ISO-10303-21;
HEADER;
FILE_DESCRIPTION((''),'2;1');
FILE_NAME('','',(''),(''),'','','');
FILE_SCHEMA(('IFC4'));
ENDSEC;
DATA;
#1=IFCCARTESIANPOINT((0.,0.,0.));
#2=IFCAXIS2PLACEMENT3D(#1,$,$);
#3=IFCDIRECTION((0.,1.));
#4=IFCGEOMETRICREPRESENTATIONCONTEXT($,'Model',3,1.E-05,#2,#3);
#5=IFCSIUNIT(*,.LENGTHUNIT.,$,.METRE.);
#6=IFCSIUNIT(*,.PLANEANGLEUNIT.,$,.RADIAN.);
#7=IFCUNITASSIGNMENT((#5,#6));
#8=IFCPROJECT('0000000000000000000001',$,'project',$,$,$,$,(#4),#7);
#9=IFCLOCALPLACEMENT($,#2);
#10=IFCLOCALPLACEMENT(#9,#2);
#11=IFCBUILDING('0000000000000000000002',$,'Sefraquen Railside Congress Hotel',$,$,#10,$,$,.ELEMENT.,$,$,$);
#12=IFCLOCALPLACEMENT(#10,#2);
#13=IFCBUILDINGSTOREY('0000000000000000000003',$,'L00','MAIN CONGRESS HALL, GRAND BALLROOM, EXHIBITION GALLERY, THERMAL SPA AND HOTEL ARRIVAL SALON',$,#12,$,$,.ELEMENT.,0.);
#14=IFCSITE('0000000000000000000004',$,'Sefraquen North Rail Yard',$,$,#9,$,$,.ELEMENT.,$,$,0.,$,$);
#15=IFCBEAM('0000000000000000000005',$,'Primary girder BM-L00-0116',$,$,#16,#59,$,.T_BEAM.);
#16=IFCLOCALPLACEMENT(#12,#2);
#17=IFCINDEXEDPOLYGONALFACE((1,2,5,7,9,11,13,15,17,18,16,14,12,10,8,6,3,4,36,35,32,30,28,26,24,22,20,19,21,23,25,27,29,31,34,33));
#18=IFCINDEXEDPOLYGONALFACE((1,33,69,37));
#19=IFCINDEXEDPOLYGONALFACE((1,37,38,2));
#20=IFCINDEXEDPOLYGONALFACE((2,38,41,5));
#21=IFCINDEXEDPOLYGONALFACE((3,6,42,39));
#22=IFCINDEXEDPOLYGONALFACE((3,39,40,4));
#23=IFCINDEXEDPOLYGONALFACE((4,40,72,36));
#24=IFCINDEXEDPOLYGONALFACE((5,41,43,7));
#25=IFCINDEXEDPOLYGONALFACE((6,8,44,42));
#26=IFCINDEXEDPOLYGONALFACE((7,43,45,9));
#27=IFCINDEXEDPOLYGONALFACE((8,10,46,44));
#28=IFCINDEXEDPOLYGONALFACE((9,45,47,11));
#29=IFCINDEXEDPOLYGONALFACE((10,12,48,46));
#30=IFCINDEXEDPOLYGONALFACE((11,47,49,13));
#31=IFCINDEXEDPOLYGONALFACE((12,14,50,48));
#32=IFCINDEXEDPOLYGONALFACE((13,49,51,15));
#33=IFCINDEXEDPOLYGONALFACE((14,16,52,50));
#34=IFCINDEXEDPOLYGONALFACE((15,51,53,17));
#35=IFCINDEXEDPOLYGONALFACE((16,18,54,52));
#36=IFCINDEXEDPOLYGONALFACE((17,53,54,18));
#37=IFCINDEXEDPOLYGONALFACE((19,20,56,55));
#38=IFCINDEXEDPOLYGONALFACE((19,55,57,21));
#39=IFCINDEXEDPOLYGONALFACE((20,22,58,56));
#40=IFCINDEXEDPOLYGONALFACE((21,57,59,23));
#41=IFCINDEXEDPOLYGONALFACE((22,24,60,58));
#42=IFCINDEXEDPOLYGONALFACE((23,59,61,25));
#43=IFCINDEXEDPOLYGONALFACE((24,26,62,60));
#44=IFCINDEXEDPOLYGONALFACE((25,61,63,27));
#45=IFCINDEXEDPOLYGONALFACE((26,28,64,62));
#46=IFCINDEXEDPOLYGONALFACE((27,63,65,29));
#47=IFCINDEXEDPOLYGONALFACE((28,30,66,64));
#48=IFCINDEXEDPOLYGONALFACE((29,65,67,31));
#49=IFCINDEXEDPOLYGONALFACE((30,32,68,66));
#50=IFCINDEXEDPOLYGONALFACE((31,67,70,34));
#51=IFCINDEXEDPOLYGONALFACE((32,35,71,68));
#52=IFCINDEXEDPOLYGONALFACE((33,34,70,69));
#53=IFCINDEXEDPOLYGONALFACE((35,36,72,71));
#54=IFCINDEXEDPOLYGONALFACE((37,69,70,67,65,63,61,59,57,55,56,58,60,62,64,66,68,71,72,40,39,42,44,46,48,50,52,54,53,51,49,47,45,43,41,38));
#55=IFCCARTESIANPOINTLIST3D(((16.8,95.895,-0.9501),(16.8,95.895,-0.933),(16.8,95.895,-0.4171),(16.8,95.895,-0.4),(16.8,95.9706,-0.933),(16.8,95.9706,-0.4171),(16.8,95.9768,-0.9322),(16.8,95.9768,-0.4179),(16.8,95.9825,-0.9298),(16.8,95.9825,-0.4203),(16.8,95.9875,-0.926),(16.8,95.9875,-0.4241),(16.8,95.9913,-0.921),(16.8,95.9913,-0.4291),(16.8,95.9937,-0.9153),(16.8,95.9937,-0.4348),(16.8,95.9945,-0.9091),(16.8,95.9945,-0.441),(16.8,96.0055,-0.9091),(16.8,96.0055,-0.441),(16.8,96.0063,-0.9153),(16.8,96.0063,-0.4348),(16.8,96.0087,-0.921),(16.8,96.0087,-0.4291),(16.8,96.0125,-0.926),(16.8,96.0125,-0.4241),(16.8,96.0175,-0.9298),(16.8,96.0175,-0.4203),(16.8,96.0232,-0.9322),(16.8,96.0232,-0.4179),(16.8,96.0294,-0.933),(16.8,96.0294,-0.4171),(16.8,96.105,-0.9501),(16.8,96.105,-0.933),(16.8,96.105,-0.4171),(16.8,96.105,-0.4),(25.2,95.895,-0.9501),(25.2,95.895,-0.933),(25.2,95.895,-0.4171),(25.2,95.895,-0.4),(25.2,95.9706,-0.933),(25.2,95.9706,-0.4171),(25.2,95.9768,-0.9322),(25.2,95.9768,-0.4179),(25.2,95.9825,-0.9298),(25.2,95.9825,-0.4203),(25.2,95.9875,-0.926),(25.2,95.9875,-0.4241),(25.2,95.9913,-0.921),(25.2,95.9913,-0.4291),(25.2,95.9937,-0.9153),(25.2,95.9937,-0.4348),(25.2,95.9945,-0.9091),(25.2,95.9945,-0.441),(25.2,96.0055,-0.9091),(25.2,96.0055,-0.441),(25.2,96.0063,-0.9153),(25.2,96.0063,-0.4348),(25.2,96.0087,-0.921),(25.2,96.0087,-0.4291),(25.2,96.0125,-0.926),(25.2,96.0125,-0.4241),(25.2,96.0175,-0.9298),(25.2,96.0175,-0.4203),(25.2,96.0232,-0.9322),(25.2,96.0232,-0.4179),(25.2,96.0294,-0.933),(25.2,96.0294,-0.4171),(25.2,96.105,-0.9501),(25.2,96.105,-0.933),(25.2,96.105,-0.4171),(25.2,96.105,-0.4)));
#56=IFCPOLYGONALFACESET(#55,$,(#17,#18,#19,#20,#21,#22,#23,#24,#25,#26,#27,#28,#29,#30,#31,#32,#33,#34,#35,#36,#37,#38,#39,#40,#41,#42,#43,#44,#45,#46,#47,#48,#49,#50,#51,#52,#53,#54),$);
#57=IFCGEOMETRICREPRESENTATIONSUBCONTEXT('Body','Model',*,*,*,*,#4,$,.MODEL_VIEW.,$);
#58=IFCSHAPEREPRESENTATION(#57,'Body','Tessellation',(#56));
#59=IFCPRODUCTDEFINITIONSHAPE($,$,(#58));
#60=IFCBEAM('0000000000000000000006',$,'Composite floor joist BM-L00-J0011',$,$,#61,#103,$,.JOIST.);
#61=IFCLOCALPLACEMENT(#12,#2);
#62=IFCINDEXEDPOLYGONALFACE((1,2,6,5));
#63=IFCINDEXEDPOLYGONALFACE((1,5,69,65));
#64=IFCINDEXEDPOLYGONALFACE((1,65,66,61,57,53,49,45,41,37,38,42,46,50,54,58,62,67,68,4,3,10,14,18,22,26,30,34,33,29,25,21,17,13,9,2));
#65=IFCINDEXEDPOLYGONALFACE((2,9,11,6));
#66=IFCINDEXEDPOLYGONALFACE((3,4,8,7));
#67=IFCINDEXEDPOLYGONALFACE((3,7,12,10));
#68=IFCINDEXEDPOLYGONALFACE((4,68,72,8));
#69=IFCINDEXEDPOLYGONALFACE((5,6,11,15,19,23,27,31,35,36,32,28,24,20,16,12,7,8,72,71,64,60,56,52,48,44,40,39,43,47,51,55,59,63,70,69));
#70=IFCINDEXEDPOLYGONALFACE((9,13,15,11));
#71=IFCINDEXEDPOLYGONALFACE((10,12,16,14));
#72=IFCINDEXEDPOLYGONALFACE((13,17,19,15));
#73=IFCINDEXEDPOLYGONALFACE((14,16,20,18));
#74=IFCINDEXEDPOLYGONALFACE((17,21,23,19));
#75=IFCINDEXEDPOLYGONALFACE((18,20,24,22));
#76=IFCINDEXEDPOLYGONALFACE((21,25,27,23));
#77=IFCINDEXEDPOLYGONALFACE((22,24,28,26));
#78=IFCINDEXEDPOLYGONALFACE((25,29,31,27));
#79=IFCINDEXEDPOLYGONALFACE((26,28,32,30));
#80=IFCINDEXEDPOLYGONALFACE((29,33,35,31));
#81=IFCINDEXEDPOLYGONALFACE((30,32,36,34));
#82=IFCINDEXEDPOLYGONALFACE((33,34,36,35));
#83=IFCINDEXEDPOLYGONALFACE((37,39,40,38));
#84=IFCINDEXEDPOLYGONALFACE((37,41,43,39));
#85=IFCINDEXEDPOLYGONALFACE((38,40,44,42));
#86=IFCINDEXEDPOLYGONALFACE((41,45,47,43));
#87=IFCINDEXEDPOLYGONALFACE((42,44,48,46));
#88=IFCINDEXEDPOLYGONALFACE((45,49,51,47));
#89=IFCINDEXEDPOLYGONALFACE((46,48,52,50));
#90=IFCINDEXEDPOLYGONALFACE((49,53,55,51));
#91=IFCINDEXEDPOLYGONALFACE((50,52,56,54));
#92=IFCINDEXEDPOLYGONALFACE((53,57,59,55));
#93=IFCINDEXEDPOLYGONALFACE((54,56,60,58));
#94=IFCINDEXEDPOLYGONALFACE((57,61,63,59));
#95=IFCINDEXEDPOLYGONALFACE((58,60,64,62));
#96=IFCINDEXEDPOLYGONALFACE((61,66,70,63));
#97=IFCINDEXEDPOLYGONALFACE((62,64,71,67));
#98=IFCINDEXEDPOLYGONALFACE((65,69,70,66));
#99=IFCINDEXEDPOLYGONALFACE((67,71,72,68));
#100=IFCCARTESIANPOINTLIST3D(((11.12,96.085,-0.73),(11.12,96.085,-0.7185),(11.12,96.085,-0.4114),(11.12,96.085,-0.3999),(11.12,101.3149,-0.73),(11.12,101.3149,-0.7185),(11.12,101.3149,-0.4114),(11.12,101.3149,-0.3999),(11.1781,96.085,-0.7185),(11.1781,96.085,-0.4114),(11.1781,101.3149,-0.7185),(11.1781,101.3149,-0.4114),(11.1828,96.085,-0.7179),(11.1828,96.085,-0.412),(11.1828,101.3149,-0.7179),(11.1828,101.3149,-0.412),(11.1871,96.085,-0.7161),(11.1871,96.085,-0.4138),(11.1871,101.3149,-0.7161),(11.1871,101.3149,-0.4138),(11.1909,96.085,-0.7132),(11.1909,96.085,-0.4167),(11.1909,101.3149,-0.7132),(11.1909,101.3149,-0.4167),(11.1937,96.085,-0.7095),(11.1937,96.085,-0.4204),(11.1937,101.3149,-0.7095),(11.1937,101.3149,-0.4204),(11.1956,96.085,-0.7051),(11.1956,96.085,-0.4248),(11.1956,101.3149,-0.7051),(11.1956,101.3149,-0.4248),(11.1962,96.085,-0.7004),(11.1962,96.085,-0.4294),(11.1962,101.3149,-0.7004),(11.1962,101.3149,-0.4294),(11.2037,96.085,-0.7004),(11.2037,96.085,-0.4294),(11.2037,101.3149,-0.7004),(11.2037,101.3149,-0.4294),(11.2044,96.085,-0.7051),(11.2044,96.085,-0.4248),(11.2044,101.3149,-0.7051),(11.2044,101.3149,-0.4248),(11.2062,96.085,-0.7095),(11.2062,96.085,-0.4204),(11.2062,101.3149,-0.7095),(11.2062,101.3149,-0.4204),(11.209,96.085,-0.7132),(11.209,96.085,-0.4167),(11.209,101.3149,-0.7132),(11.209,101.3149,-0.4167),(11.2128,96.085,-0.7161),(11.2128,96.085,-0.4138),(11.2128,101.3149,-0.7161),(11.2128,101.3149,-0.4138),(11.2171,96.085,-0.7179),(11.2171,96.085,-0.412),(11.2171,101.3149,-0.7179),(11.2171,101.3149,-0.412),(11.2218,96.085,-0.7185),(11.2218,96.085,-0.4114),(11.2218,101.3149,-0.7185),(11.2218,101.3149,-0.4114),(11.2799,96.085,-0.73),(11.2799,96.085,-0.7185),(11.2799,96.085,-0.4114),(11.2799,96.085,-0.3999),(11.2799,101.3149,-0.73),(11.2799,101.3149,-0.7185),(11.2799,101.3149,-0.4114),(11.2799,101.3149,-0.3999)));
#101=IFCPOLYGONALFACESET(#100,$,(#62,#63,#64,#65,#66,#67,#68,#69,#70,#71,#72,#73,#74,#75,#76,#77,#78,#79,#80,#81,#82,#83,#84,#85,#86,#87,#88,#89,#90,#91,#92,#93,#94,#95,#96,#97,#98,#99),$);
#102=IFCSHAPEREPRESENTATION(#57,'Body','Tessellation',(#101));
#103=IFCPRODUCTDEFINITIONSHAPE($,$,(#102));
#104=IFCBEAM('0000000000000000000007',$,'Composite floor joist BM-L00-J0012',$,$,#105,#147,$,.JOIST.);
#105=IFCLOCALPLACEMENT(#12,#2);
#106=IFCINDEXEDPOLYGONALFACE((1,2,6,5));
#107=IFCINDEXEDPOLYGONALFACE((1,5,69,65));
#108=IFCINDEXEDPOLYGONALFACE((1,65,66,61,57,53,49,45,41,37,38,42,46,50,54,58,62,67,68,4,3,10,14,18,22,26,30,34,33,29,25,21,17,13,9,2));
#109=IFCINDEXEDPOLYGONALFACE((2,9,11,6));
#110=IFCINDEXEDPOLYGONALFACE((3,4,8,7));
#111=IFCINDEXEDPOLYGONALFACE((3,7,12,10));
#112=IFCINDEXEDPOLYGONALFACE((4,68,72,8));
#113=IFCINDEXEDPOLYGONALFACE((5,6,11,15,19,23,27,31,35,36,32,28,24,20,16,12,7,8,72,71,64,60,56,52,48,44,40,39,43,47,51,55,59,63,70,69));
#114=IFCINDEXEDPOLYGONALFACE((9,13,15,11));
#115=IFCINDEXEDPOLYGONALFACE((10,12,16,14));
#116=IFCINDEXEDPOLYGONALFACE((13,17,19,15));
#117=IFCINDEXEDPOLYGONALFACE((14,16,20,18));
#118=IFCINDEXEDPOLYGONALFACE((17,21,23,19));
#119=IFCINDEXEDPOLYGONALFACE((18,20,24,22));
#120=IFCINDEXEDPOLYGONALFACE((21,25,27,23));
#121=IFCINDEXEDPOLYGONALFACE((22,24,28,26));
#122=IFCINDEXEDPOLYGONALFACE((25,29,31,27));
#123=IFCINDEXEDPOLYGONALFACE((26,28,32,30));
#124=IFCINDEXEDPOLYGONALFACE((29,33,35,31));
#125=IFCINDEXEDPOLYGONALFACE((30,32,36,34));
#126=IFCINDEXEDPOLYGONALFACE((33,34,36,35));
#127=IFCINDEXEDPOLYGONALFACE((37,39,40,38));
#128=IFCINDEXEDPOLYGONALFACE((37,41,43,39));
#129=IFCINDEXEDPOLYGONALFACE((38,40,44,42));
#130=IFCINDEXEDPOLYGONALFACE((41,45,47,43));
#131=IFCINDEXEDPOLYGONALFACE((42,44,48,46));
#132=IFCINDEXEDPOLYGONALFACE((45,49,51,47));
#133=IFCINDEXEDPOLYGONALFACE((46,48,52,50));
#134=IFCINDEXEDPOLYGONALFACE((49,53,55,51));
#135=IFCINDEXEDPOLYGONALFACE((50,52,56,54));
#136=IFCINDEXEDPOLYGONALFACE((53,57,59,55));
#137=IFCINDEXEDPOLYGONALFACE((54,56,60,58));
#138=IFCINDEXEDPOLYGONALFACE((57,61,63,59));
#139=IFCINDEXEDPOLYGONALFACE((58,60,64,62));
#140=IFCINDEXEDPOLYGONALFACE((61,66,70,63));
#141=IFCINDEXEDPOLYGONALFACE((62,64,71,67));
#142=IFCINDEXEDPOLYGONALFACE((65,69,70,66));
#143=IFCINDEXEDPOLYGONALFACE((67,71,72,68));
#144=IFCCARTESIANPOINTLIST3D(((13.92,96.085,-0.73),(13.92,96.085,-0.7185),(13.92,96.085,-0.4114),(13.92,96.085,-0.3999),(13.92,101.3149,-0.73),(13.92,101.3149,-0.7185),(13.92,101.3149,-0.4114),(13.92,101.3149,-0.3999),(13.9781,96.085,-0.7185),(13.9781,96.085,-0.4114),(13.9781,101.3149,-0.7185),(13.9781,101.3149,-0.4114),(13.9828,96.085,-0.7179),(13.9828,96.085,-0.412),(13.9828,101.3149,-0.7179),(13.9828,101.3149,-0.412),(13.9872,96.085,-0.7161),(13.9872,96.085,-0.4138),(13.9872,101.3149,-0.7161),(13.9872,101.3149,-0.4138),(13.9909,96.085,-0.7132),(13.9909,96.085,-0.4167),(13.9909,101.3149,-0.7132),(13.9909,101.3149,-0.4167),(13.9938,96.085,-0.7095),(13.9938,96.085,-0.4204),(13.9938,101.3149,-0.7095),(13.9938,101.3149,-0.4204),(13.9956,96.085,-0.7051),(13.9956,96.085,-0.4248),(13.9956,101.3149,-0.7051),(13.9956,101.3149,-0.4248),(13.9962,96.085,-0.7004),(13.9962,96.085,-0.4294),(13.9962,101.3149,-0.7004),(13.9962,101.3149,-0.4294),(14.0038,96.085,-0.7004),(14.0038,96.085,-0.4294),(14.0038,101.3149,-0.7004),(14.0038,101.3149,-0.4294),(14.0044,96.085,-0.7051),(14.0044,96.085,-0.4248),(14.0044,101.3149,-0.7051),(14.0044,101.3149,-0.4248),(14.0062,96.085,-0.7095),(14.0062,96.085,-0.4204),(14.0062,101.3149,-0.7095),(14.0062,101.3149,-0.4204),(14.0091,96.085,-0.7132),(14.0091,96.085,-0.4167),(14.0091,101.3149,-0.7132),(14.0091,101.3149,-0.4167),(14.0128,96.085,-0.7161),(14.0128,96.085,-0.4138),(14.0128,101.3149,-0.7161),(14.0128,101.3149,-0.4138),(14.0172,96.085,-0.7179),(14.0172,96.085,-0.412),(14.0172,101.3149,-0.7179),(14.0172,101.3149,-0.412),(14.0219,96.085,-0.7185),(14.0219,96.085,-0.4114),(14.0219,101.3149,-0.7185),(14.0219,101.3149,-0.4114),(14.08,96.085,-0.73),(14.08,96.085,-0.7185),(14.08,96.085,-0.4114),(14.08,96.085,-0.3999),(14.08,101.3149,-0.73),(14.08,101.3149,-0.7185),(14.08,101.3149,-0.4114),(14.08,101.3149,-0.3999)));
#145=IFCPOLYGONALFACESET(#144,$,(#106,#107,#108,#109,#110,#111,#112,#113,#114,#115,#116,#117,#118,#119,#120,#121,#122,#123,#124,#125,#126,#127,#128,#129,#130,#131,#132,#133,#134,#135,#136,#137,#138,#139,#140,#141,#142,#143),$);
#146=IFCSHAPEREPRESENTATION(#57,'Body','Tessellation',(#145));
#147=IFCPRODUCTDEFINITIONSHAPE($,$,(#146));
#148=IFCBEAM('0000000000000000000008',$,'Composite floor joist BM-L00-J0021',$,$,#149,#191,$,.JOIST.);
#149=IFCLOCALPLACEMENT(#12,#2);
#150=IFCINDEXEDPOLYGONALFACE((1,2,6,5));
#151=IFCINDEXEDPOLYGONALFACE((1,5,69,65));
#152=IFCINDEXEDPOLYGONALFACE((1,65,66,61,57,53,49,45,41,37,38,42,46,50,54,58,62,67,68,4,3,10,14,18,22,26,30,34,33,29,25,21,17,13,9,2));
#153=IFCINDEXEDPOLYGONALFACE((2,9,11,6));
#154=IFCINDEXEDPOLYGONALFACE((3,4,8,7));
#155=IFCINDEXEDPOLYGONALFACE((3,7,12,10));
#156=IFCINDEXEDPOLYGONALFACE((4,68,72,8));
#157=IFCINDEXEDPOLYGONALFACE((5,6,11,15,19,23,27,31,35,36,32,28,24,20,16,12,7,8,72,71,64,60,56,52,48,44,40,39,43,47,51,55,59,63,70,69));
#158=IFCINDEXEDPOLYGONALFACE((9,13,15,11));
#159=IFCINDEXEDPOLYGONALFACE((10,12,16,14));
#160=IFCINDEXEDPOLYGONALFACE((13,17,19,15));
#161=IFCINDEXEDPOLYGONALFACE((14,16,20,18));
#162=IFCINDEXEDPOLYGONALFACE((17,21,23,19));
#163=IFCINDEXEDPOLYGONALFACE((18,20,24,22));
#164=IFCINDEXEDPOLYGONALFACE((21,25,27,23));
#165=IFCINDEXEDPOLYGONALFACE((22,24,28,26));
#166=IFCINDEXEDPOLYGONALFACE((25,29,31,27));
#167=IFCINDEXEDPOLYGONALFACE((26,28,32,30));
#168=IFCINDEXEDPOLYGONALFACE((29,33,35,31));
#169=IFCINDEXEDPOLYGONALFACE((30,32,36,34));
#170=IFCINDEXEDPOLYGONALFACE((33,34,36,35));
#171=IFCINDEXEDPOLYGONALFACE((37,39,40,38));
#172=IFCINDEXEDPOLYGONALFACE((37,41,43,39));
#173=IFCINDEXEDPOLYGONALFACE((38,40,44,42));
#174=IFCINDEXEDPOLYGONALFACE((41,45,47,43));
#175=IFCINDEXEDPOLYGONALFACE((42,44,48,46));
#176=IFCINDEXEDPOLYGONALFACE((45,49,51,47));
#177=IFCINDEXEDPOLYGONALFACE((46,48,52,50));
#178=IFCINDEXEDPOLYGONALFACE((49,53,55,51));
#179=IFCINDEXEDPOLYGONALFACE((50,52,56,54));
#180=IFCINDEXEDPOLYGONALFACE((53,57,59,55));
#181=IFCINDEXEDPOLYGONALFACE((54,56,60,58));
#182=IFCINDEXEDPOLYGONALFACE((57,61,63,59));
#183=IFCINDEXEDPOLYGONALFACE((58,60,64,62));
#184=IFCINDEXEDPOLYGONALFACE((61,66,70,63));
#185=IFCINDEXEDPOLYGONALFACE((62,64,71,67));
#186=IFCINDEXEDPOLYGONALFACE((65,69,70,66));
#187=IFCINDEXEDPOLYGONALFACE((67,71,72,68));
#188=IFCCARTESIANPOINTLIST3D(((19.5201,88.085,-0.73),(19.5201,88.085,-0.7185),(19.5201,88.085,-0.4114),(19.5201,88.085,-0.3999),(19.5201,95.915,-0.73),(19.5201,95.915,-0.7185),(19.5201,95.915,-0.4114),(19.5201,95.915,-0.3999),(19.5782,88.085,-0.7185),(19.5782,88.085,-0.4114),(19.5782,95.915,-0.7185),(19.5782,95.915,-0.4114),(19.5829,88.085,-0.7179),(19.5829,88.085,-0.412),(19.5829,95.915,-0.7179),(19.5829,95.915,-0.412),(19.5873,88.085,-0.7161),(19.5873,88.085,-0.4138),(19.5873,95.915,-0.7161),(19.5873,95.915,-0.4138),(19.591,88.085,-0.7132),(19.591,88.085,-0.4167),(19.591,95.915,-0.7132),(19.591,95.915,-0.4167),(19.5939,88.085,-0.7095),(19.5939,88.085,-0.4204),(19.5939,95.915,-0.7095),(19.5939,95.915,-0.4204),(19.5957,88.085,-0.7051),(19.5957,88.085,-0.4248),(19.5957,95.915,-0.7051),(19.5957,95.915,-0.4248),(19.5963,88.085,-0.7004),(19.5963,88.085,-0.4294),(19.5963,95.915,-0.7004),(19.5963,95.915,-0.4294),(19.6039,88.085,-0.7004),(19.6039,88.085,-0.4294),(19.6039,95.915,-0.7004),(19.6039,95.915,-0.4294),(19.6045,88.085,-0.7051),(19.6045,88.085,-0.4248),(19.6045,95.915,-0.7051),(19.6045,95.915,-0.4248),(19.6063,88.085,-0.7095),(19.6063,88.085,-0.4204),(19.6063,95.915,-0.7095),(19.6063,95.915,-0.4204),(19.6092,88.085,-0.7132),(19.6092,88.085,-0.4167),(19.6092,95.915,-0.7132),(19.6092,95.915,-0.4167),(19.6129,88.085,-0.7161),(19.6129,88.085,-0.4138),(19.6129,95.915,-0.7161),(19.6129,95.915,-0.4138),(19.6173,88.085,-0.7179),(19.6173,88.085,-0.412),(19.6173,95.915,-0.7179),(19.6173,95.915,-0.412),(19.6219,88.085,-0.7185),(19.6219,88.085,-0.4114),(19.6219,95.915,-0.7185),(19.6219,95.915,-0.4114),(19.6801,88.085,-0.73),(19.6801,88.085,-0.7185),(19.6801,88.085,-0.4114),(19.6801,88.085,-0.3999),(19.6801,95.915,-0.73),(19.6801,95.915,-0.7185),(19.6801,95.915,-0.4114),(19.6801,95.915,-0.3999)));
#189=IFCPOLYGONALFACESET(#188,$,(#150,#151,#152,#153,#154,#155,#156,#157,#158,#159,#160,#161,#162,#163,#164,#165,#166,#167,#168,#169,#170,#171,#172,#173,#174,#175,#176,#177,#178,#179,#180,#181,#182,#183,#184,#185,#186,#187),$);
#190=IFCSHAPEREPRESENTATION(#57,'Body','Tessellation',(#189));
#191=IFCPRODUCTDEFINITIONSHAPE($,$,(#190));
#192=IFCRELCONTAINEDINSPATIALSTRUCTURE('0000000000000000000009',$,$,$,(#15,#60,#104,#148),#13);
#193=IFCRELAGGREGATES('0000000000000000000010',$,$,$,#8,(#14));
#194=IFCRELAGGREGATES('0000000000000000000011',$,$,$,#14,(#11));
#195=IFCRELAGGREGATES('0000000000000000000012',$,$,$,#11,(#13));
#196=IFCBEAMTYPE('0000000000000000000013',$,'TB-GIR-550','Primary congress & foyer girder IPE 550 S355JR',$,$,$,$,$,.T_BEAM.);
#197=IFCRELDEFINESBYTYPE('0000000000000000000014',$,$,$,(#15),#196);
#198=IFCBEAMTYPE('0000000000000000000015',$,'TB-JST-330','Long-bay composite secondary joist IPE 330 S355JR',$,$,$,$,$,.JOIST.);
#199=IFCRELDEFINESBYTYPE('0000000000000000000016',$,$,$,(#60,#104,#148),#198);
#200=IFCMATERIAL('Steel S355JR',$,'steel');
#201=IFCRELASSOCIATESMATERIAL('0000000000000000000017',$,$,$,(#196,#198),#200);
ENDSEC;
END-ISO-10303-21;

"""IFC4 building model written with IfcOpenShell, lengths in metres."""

from ifc_helpers import new_model, si_unit, direction, frame, origin, origin_2d, place, context, subcontext, project, spatial, i_section, extrude, material, material_profile, profile_set, type_object, element, save


model = new_model("IFC4")

# Units and contexts
model_context = context("Model", 3, precision=1e-05, world=origin(), true_north=direction((0.0, 1.0)))
body_context = subcontext(model_context, "Body", "Model", "MODEL_VIEW")
ifc_project = project(units=[si_unit("LENGTHUNIT", "METRE"), si_unit("PLANEANGLEUNIT", "RADIAN")], contexts=[model_context])

# Site, building, storey
site_placement = place(None, origin())
site = spatial("IfcSite", under=ifc_project, at=site_placement, Name="Sefraquen North Rail Yard", CompositionType="ELEMENT", RefElevation=0.0)
building_placement = place(site_placement, origin())
building = spatial("IfcBuilding", under=site, at=building_placement, Name="Sefraquen Railside Congress Hotel", CompositionType="ELEMENT")
storey_placement = place(building_placement, origin())
storey = spatial("IfcBuildingStorey", under=building, at=storey_placement, Name="L00", Description="MAIN CONGRESS HALL, GRAND BALLROOM, EXHIBITION GALLERY, THERMAL SPA AND HOTEL ARRIVAL SALON", CompositionType="ELEMENT", Elevation=0.0)

# Shared definitions
ifc_material_1 = material(Name="Steel S355JR", Category="steel")

# Beams
ifc_material_profile_1 = material_profile(ifc_material_1, i_section(OverallWidth=0.21, OverallDepth=0.55, WebThickness=0.011, FlangeThickness=0.0171, FilletRadius=0.0239, at=origin_2d()), Name="IPE 550")
ifc_profile_set_1 = profile_set([ifc_material_profile_1], Name="Steel S355JR")
beam_type_1 = type_object("IfcBeamType", Name="TB-GIR-550", Description="Primary congress & foyer girder IPE 550 S355JR", PredefinedType="T_BEAM", material=ifc_profile_set_1)
beam_1_placement = place(storey_placement, frame((16.8, 96.0, -0.675), z_axis=(1.0, 0.0, 0.0), x_axis=(0.0, 1.0, 0.0)))
element("IfcBeam", 1, at=beam_1_placement, inside=storey, type_object=beam_type_1, Name="Primary girder BM-L00-0116", PredefinedType="T_BEAM", context=body_context, shape_type="SweptSolid", body=[
    extrude(i_section(OverallWidth=0.21, OverallDepth=0.55, WebThickness=0.011, FlangeThickness=0.0171, FilletRadius=0.0239, at=origin_2d()), origin(), (0.0, 0.0, 1.0), 8.3999),
])
ifc_material_profile_2 = material_profile(ifc_material_1, i_section(OverallWidth=0.1599, OverallDepth=0.3301, WebThickness=0.0076, FlangeThickness=0.0115, FilletRadius=0.0181, at=origin_2d()), Name="IPE 330")
ifc_profile_set_2 = profile_set([ifc_material_profile_2], Name="Steel S355JR")
beam_type_2 = type_object("IfcBeamType", Name="TB-JST-330", Description="Long-bay composite secondary joist IPE 330 S355JR", PredefinedType="JOIST", material=ifc_profile_set_2)
for number, where, z_axis, x_axis, name in (
    (2, (11.2, 96.085, -0.5649), (0.0, 1.0, 0.0), (-1.0, 0.0, 0.0), "Composite floor joist BM-L00-J0011"),
    (3, (14.0, 96.085, -0.5649), (0.0, 1.0, 0.0), (-1.0, 0.0, 0.0), "Composite floor joist BM-L00-J0012"),
):
    element("IfcBeam", number, at=place(storey_placement, frame(where, z_axis=z_axis, x_axis=x_axis)), inside=storey, type_object=beam_type_2, Name=name, PredefinedType="JOIST", context=body_context, shape_type="SweptSolid", body=[
        extrude(i_section(OverallWidth=0.1599, OverallDepth=0.3301, WebThickness=0.0076, FlangeThickness=0.0115, FilletRadius=0.0181, at=origin_2d()), origin(), (0.0, 0.0, 1.0), 5.23),
    ])
for number, where, z_axis, x_axis, name in (
    (4, (19.6001, 88.085, -0.5649), (0.0, 1.0, 0.0), (-1.0, 0.0, 0.0), "Composite floor joist BM-L00-J0021"),
):
    element("IfcBeam", number, at=place(storey_placement, frame(where, z_axis=z_axis, x_axis=x_axis)), inside=storey, type_object=beam_type_2, Name=name, PredefinedType="JOIST", context=body_context, shape_type="SweptSolid", body=[
        extrude(i_section(OverallWidth=0.1599, OverallDepth=0.3301, WebThickness=0.0076, FlangeThickness=0.0115, FilletRadius=0.0181, at=origin_2d()), origin(), (0.0, 0.0, 1.0), 7.8301),
    ])

save(model, "model.ifc")
